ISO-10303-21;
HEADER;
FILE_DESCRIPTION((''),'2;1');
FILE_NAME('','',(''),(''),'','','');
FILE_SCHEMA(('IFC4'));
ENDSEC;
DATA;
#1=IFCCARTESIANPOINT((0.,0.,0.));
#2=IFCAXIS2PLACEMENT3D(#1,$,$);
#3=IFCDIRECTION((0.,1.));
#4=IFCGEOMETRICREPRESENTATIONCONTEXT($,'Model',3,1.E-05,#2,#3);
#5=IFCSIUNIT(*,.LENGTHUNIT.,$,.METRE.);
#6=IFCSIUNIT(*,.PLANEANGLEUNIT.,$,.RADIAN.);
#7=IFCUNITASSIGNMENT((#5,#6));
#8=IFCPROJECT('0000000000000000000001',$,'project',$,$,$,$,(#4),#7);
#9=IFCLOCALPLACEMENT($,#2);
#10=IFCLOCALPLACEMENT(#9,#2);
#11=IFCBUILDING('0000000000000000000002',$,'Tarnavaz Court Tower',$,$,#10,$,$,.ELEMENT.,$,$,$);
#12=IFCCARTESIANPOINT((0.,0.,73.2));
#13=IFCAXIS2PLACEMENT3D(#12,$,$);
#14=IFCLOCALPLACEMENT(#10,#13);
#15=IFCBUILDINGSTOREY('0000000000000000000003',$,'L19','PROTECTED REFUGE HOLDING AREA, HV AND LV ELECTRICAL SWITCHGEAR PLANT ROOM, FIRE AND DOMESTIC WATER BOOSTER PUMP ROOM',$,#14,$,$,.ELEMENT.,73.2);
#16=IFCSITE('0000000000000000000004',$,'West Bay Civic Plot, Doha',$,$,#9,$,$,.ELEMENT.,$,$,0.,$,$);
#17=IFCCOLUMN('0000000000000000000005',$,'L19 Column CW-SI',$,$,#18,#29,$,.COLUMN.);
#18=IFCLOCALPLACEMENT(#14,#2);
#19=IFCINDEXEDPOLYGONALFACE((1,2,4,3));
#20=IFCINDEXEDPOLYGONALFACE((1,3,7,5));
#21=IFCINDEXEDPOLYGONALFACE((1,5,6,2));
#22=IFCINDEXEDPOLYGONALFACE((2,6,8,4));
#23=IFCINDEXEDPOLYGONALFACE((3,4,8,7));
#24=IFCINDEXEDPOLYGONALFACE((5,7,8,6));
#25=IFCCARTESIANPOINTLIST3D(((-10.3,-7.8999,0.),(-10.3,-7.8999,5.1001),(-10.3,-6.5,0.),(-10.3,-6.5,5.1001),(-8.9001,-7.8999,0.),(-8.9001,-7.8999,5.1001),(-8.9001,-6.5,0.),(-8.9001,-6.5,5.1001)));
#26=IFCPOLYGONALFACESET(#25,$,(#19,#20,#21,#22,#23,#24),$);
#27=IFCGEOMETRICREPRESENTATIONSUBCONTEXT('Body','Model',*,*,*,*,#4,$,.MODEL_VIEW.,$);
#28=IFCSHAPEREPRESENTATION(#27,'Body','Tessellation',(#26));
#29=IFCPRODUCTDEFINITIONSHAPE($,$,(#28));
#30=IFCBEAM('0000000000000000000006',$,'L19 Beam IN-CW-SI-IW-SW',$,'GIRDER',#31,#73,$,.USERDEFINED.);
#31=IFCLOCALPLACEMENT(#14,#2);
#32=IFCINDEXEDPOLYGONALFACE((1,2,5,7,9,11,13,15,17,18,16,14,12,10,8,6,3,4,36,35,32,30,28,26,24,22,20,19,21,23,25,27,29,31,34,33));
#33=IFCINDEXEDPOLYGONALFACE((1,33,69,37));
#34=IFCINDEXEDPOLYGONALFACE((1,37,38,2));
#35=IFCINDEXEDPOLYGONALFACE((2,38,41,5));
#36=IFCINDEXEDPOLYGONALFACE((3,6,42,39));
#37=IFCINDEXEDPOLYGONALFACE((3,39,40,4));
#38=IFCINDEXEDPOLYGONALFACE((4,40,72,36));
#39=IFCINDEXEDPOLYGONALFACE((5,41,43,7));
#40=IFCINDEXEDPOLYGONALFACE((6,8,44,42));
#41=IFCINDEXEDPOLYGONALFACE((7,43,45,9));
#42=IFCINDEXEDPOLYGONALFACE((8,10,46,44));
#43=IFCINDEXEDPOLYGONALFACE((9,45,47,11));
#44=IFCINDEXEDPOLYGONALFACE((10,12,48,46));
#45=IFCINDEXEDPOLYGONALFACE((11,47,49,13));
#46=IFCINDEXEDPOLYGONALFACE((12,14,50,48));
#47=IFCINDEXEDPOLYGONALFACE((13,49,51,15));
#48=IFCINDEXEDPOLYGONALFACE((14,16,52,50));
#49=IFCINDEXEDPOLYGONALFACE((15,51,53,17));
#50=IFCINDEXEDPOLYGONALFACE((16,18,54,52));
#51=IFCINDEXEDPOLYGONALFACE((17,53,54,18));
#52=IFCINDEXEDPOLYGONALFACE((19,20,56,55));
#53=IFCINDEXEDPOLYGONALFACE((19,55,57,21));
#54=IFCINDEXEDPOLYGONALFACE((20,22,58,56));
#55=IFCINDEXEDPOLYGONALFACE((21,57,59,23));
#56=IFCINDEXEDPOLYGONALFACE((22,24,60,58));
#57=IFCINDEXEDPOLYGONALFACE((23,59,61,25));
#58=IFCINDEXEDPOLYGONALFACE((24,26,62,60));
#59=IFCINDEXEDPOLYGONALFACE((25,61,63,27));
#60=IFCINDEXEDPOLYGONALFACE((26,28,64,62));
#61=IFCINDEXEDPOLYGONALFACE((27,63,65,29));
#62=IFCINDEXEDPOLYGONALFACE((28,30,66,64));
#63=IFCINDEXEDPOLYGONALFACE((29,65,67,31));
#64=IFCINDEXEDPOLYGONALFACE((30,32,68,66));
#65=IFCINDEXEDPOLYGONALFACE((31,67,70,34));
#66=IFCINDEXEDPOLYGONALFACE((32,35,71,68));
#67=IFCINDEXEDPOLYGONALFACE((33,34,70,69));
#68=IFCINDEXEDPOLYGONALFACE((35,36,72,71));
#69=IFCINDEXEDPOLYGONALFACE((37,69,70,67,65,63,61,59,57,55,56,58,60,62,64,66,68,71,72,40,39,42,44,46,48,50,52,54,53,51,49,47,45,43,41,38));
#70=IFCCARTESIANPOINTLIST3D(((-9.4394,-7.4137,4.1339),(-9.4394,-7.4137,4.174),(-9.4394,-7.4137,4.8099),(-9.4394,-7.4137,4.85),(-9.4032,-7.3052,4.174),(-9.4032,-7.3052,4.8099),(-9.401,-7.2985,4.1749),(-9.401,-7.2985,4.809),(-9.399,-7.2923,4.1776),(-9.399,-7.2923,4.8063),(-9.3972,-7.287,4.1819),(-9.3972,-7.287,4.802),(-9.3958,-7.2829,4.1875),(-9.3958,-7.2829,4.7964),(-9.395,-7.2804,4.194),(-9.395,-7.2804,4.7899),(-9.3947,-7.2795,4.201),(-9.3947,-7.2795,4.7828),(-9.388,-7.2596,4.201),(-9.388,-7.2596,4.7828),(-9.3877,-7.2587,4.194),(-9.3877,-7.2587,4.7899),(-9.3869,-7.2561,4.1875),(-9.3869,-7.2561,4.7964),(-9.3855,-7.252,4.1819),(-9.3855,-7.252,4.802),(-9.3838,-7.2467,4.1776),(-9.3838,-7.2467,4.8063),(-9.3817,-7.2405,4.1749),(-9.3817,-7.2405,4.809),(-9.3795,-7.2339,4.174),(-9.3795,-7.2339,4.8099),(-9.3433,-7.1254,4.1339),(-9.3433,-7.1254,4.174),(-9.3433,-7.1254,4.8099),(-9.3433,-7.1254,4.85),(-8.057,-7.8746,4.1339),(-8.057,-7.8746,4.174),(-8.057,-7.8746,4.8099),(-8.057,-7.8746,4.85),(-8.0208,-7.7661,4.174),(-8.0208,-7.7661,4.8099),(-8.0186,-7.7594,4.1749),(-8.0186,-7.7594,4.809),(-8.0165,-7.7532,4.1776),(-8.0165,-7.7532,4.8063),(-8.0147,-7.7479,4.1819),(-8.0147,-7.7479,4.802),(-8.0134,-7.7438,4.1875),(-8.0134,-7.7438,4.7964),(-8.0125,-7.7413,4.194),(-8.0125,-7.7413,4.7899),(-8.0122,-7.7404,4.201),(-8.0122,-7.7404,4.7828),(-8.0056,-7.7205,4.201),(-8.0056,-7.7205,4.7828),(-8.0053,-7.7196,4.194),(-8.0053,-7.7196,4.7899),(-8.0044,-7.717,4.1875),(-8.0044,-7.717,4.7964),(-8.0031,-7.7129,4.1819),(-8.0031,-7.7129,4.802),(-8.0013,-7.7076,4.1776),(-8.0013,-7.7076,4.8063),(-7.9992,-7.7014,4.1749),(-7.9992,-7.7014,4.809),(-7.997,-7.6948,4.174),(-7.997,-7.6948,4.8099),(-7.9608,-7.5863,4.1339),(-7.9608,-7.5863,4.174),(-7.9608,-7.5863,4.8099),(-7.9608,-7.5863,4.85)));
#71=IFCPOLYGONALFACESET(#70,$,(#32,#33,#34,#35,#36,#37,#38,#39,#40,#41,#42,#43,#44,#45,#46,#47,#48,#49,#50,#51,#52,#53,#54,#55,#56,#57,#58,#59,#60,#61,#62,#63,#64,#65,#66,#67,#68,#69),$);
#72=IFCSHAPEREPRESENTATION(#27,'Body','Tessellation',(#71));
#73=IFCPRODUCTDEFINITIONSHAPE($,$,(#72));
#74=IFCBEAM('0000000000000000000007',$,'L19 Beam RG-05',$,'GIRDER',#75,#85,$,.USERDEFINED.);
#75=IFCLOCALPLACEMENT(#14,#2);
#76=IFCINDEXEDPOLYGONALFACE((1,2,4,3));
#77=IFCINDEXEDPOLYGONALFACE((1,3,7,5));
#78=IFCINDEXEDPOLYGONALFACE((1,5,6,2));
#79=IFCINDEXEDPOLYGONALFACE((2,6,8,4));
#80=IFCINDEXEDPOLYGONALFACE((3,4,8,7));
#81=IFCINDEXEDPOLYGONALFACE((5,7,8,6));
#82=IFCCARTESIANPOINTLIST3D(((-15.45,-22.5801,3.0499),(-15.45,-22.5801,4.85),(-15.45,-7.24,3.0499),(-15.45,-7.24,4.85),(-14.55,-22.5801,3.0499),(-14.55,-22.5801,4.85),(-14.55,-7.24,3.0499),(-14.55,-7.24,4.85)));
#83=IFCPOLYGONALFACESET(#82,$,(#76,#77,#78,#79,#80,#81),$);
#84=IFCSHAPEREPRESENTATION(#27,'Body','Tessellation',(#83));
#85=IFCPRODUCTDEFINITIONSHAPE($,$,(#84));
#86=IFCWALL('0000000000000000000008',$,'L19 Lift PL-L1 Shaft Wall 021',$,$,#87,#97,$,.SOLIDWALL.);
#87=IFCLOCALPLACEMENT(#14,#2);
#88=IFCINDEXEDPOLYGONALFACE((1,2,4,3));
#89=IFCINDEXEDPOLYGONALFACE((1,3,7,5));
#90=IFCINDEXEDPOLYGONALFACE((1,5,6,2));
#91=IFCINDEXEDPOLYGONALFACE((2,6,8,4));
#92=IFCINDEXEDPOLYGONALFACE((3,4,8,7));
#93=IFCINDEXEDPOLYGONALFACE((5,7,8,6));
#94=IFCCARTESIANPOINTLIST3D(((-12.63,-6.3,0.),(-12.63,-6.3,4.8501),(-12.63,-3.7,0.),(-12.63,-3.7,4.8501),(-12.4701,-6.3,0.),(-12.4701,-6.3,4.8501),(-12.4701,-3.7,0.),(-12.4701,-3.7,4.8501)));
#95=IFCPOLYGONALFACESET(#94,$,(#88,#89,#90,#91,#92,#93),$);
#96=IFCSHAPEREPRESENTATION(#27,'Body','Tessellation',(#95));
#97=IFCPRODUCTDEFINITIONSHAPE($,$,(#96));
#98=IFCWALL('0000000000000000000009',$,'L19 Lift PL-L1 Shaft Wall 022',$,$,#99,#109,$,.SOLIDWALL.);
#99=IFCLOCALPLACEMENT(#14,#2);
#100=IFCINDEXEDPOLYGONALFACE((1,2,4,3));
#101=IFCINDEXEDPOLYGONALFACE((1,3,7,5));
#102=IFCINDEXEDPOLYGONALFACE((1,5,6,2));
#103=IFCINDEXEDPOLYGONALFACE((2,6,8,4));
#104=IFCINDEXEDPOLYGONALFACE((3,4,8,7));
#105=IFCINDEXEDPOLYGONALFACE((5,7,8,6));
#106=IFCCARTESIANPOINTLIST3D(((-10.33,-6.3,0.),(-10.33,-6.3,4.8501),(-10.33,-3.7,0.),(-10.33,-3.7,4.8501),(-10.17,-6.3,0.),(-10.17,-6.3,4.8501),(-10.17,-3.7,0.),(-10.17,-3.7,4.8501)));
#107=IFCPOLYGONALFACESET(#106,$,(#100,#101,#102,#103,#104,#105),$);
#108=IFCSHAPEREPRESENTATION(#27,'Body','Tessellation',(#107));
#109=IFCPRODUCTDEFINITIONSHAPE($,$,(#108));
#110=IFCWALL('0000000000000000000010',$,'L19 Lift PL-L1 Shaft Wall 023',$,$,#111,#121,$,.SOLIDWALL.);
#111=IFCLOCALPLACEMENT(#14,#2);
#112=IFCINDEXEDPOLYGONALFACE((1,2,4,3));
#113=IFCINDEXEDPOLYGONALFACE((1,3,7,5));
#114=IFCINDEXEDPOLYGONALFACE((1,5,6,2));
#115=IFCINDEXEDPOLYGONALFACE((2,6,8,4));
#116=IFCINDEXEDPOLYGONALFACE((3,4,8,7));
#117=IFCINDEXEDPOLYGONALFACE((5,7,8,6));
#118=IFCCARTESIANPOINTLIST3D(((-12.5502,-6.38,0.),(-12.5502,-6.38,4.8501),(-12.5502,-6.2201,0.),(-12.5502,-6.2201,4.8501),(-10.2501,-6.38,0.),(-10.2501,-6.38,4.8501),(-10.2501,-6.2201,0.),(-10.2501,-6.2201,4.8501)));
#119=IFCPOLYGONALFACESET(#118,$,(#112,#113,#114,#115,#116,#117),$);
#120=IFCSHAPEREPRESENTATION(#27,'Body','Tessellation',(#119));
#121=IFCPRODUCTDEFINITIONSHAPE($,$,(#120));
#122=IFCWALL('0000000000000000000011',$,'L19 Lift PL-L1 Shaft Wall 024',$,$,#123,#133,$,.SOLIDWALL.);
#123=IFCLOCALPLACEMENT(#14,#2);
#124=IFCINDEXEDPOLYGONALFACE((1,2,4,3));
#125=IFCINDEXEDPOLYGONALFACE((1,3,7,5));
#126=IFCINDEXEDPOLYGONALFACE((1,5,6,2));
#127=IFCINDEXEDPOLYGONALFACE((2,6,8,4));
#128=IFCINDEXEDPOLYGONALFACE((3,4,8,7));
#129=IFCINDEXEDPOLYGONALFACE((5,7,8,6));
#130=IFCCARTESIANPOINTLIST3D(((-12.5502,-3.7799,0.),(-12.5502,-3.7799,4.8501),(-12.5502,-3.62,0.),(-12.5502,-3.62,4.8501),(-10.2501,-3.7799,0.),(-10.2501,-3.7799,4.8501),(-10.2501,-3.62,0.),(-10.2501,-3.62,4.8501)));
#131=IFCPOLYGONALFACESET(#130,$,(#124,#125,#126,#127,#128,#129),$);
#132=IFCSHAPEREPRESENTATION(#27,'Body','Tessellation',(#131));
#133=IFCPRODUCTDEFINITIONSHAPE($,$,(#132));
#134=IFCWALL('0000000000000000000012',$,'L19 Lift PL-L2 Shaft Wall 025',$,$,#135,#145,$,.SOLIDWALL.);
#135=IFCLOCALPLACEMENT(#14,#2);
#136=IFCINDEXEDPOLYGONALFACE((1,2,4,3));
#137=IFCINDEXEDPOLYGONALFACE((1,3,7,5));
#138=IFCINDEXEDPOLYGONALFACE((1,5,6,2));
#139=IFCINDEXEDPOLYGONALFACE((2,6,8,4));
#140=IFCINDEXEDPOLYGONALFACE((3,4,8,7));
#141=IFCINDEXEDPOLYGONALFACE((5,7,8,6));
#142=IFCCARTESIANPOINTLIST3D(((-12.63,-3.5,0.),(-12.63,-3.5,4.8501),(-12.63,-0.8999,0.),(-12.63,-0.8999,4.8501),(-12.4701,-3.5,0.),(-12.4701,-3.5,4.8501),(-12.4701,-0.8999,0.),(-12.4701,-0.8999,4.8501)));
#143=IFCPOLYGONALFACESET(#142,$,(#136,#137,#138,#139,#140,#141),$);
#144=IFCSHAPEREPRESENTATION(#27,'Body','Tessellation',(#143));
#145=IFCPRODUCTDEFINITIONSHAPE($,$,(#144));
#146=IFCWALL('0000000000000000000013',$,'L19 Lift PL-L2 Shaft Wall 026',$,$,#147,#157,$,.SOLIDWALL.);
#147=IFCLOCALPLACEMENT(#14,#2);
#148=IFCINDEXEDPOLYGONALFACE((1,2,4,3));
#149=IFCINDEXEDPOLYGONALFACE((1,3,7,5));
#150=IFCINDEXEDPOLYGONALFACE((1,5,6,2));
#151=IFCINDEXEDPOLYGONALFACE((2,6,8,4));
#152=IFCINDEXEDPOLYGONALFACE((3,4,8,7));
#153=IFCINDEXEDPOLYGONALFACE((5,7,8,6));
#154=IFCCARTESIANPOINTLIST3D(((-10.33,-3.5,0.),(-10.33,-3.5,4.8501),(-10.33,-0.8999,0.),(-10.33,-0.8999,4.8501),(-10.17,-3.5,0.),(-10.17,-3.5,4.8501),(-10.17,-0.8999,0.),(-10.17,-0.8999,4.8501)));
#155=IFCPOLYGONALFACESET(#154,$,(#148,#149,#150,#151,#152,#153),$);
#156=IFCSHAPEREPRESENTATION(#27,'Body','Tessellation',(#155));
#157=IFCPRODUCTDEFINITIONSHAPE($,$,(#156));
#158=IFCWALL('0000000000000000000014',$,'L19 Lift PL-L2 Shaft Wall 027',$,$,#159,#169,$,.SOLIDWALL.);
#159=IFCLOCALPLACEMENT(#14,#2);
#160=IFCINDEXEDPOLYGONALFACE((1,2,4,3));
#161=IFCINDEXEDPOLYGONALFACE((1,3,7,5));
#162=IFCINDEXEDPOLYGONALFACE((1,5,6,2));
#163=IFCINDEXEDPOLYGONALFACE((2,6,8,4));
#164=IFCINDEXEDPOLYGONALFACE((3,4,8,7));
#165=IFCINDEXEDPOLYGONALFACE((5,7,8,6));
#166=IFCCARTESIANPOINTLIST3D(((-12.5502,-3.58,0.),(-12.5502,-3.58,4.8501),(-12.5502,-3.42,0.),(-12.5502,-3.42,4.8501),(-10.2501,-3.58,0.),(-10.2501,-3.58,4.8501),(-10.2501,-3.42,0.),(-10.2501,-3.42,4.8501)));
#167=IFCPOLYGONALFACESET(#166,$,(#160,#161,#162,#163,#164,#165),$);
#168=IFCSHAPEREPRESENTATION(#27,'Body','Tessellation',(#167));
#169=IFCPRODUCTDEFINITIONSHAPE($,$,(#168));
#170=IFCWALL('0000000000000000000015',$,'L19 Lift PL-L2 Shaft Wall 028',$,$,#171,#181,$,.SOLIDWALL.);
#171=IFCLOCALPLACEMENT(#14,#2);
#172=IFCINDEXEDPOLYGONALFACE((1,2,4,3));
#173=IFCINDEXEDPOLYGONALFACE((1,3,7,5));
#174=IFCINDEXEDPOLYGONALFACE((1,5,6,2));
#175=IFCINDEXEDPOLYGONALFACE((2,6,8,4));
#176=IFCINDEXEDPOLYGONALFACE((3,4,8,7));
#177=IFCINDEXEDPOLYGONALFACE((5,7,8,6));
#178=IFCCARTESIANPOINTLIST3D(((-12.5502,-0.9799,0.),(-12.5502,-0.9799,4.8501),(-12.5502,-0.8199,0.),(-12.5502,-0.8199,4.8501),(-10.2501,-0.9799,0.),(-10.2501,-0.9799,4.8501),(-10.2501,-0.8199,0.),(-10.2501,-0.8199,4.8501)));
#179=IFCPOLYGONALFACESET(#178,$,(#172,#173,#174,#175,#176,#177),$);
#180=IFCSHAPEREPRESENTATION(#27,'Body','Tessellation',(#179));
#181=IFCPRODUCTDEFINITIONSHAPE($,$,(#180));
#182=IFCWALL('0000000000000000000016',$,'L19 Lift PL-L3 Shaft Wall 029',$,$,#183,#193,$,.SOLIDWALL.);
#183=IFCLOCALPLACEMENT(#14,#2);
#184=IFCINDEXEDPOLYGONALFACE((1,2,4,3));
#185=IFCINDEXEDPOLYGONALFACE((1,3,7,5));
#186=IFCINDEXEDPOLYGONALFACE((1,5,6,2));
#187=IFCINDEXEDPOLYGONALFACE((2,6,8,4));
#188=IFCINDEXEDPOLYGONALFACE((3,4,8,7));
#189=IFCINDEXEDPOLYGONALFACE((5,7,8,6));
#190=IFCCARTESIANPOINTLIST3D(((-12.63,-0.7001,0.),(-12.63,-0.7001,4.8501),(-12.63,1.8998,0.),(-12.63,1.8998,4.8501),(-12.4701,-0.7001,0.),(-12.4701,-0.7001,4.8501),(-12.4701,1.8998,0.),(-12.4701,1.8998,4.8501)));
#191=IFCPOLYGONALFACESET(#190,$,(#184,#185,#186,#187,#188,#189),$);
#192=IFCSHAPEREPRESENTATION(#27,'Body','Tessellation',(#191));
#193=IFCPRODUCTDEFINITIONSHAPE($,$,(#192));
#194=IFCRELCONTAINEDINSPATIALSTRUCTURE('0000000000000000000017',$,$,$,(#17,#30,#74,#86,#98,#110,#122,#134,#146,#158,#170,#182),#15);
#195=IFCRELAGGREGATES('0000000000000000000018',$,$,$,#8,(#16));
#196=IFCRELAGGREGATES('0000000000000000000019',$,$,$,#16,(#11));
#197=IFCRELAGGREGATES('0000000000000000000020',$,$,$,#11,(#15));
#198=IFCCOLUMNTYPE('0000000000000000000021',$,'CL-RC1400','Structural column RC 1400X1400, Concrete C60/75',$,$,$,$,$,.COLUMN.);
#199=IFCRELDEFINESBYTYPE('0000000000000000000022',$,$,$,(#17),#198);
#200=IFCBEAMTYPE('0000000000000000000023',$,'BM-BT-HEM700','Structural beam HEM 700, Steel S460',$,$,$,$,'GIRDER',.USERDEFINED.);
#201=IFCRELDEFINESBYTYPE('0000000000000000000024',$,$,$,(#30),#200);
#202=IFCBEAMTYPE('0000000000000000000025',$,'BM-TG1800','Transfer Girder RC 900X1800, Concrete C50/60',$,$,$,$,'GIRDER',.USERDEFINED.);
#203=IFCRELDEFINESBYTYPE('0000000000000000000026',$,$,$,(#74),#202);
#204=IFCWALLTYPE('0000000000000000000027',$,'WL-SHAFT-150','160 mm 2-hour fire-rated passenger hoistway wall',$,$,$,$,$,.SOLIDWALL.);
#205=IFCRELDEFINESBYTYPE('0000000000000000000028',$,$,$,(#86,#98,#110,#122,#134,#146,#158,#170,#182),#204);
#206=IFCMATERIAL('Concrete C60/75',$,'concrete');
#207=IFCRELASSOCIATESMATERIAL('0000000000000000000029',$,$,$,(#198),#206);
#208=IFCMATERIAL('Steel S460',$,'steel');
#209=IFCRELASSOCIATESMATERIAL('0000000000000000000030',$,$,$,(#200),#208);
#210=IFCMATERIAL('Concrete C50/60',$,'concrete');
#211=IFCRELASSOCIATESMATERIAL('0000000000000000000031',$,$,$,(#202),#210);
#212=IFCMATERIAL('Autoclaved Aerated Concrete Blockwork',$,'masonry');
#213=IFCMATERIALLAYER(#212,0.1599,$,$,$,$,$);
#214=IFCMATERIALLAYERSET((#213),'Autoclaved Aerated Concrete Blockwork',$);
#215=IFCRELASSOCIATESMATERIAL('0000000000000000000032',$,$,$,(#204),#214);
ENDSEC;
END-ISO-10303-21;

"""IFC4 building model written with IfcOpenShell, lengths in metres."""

from ifc_helpers import new_model, si_unit, direction, frame, frame_2d, origin, origin_2d, place, context, subcontext, project, spatial, rectangle, i_section, extrude, material, layer, layer_set, material_profile, profile_set, type_object, element, save


model = new_model("IFC4")

# Units and contexts
model_context = context("Model", 3, precision=1e-05, world=origin(), true_north=direction((0.0, 1.0)))
body_context = subcontext(model_context, "Body", "Model", "MODEL_VIEW")
ifc_project = project(units=[si_unit("LENGTHUNIT", "METRE"), si_unit("PLANEANGLEUNIT", "RADIAN")], contexts=[model_context])

# Site, building, storey
site_placement = place(None, origin())
site = spatial("IfcSite", under=ifc_project, at=site_placement, Name="West Bay Civic Plot, Doha", CompositionType="ELEMENT", RefElevation=0.0)
building_placement = place(site_placement, origin())
building = spatial("IfcBuilding", under=site, at=building_placement, Name="Tarnavaz Court Tower", CompositionType="ELEMENT")
storey_placement = place(building_placement, frame((0.0, 0.0, 73.2)))
storey = spatial("IfcBuildingStorey", under=building, at=storey_placement, Name="L19", Description="PROTECTED REFUGE HOLDING AREA, HV AND LV ELECTRICAL SWITCHGEAR PLANT ROOM, FIRE AND DOMESTIC WATER BOOSTER PUMP ROOM", CompositionType="ELEMENT", Elevation=73.2)

# Column
ifc_material_1 = material(Name="Concrete C60/75", Category="concrete")
ifc_material_profile_1 = material_profile(ifc_material_1, rectangle(XDim=1.3999, YDim=1.3999, at=origin_2d()), Name="RC 1400X1400")
ifc_profile_set_1 = profile_set([ifc_material_profile_1], Name="Concrete C60/75")
column_type = type_object("IfcColumnType", Name="CL-RC1400", Description="Structural column RC 1400X1400, Concrete C60/75", PredefinedType="COLUMN", material=ifc_profile_set_1)
column_placement = place(storey_placement, frame((-9.6001, -7.2, 0.0), z_axis=(0.0, 0.0, 1.0), x_axis=(1.0, 0.0, 0.0)))
element("IfcColumn", 1, at=column_placement, inside=storey, type_object=column_type, Name="L19 Column CW-SI", PredefinedType="COLUMN", context=body_context, shape_type="SweptSolid", body=[
    extrude(rectangle(XDim=1.3999, YDim=1.3999, at=origin_2d()), origin(), (0.0, 0.0, 1.0), 5.1001),
])

# Beams
ifc_material_2 = material(Name="Steel S460", Category="steel")
ifc_material_profile_2 = material_profile(ifc_material_2, i_section(OverallWidth=0.304, OverallDepth=0.7161, WebThickness=0.021, FlangeThickness=0.04, FilletRadius=0.0271, at=origin_2d()), Name="HEM 700")
ifc_profile_set_2 = profile_set([ifc_material_profile_2], Name="Steel S460")
beam_type_1 = type_object("IfcBeamType", Name="BM-BT-HEM700", Description="Structural beam HEM 700, Steel S460", ElementType="GIRDER", PredefinedType="USERDEFINED", material=ifc_profile_set_2)
beam_1_placement = place(storey_placement, frame((-9.3914, -7.2695, 4.4919), z_axis=(0.948667, -0.316278, 0.0), x_axis=(0.316278, 0.948667, 0.0)))
element("IfcBeam", 2, at=beam_1_placement, inside=storey, type_object=beam_type_1, Name="L19 Beam IN-CW-SI-IW-SW", ObjectType="GIRDER", PredefinedType="USERDEFINED", context=body_context, shape_type="SweptSolid", body=[
    extrude(i_section(OverallWidth=0.304, OverallDepth=0.7161, WebThickness=0.021, FlangeThickness=0.04, FilletRadius=0.0271, at=origin_2d()), origin(), (0.0, 0.0, 1.0), 1.4573),
])
ifc_material_3 = material(Name="Concrete C50/60", Category="concrete")
ifc_material_profile_3 = material_profile(ifc_material_3, rectangle(XDim=0.8999, YDim=1.8, at=origin_2d()), Name="RC 900X1800")
ifc_profile_set_3 = profile_set([ifc_material_profile_3], Name="Concrete C50/60")
beam_type_2 = type_object("IfcBeamType", Name="BM-TG1800", Description="Transfer Girder RC 900X1800, Concrete C50/60", ElementType="GIRDER", PredefinedType="USERDEFINED", material=ifc_profile_set_3)
beam_2_placement = place(storey_placement, frame((-15.0, -7.24, 3.95), z_axis=(0.0, -1.0, 0.0), x_axis=(1.0, 0.0, 0.0)))
element("IfcBeam", 3, at=beam_2_placement, inside=storey, type_object=beam_type_2, Name="L19 Beam RG-05", ObjectType="GIRDER", PredefinedType="USERDEFINED", context=body_context, shape_type="SweptSolid", body=[
    extrude(rectangle(XDim=0.8999, YDim=1.8, at=origin_2d()), origin(), (0.0, 0.0, 1.0), 15.3401),
])

# Walls
ifc_material_4 = material(Name="Autoclaved Aerated Concrete Blockwork", Category="masonry")
ifc_layer = layer(ifc_material_4, 0.1599)
ifc_layer_set = layer_set([ifc_layer], Name="Autoclaved Aerated Concrete Blockwork")
wall_type = type_object("IfcWallType", Name="WL-SHAFT-150", Description="160 mm 2-hour fire-rated passenger hoistway wall", PredefinedType="SOLIDWALL", material=ifc_layer_set)
for number, where, z_axis, x_axis, name in (
    (4, (-12.55, -6.3, 0.0), (0.0, 0.0, 1.0), (0.0, 1.0, 0.0), "L19 Lift PL-L1 Shaft Wall 021"),
    (5, (-10.25, -6.3, 0.0), (0.0, 0.0, 1.0), (0.0, 1.0, 0.0), "L19 Lift PL-L1 Shaft Wall 022"),
):
    element("IfcWall", number, at=place(storey_placement, frame(where, z_axis=z_axis, x_axis=x_axis)), inside=storey, type_object=wall_type, Name=name, PredefinedType="SOLIDWALL", context=body_context, shape_type="SweptSolid", body=[
        extrude(rectangle(XDim=2.6001, YDim=0.1599, at=frame_2d((1.3, 0.0))), origin(), (0.0, 0.0, 1.0), 4.8501),
    ])
for number, where, z_axis, x_axis, name in (
    (6, (-12.55, -6.3, 0.0), (0.0, 0.0, 1.0), (1.0, 0.0, 0.0), "L19 Lift PL-L1 Shaft Wall 023"),
    (7, (-12.55, -3.7, 0.0), (0.0, 0.0, 1.0), (1.0, 0.0, 0.0), "L19 Lift PL-L1 Shaft Wall 024"),
):
    element("IfcWall", number, at=place(storey_placement, frame(where, z_axis=z_axis, x_axis=x_axis)), inside=storey, type_object=wall_type, Name=name, PredefinedType="SOLIDWALL", context=body_context, shape_type="SweptSolid", body=[
        extrude(rectangle(XDim=2.3, YDim=0.1599, at=frame_2d((1.1499, 0.0))), origin(), (0.0, 0.0, 1.0), 4.8501),
    ])
for number, where, z_axis, x_axis, name in (
    (8, (-12.55, -3.5, 0.0), (0.0, 0.0, 1.0), (0.0, 1.0, 0.0), "L19 Lift PL-L2 Shaft Wall 025"),
    (9, (-10.25, -3.5, 0.0), (0.0, 0.0, 1.0), (0.0, 1.0, 0.0), "L19 Lift PL-L2 Shaft Wall 026"),
):
    element("IfcWall", number, at=place(storey_placement, frame(where, z_axis=z_axis, x_axis=x_axis)), inside=storey, type_object=wall_type, Name=name, PredefinedType="SOLIDWALL", context=body_context, shape_type="SweptSolid", body=[
        extrude(rectangle(XDim=2.6001, YDim=0.1599, at=frame_2d((1.3, 0.0))), origin(), (0.0, 0.0, 1.0), 4.8501),
    ])
for number, where, z_axis, x_axis, name in (
    (10, (-12.55, -3.5, 0.0), (0.0, 0.0, 1.0), (1.0, 0.0, 0.0), "L19 Lift PL-L2 Shaft Wall 027"),
    (11, (-12.55, -0.8999, 0.0), (0.0, 0.0, 1.0), (1.0, 0.0, 0.0), "L19 Lift PL-L2 Shaft Wall 028"),
):
    element("IfcWall", number, at=place(storey_placement, frame(where, z_axis=z_axis, x_axis=x_axis)), inside=storey, type_object=wall_type, Name=name, PredefinedType="SOLIDWALL", context=body_context, shape_type="SweptSolid", body=[
        extrude(rectangle(XDim=2.3, YDim=0.1599, at=frame_2d((1.1499, 0.0))), origin(), (0.0, 0.0, 1.0), 4.8501),
    ])
wall_1_placement = place(storey_placement, frame((-12.55, -0.7, 0.0), z_axis=(0.0, 0.0, 1.0), x_axis=(0.0, 1.0, 0.0)))
element("IfcWall", 12, at=wall_1_placement, inside=storey, type_object=wall_type, Name="L19 Lift PL-L3 Shaft Wall 029", PredefinedType="SOLIDWALL", context=body_context, shape_type="SweptSolid", body=[
    extrude(rectangle(XDim=2.5999, YDim=0.1599, at=frame_2d((1.2998, 0.0))), origin(), (0.0, 0.0, 1.0), 4.8501),
])

save(model, "model.ifc")
